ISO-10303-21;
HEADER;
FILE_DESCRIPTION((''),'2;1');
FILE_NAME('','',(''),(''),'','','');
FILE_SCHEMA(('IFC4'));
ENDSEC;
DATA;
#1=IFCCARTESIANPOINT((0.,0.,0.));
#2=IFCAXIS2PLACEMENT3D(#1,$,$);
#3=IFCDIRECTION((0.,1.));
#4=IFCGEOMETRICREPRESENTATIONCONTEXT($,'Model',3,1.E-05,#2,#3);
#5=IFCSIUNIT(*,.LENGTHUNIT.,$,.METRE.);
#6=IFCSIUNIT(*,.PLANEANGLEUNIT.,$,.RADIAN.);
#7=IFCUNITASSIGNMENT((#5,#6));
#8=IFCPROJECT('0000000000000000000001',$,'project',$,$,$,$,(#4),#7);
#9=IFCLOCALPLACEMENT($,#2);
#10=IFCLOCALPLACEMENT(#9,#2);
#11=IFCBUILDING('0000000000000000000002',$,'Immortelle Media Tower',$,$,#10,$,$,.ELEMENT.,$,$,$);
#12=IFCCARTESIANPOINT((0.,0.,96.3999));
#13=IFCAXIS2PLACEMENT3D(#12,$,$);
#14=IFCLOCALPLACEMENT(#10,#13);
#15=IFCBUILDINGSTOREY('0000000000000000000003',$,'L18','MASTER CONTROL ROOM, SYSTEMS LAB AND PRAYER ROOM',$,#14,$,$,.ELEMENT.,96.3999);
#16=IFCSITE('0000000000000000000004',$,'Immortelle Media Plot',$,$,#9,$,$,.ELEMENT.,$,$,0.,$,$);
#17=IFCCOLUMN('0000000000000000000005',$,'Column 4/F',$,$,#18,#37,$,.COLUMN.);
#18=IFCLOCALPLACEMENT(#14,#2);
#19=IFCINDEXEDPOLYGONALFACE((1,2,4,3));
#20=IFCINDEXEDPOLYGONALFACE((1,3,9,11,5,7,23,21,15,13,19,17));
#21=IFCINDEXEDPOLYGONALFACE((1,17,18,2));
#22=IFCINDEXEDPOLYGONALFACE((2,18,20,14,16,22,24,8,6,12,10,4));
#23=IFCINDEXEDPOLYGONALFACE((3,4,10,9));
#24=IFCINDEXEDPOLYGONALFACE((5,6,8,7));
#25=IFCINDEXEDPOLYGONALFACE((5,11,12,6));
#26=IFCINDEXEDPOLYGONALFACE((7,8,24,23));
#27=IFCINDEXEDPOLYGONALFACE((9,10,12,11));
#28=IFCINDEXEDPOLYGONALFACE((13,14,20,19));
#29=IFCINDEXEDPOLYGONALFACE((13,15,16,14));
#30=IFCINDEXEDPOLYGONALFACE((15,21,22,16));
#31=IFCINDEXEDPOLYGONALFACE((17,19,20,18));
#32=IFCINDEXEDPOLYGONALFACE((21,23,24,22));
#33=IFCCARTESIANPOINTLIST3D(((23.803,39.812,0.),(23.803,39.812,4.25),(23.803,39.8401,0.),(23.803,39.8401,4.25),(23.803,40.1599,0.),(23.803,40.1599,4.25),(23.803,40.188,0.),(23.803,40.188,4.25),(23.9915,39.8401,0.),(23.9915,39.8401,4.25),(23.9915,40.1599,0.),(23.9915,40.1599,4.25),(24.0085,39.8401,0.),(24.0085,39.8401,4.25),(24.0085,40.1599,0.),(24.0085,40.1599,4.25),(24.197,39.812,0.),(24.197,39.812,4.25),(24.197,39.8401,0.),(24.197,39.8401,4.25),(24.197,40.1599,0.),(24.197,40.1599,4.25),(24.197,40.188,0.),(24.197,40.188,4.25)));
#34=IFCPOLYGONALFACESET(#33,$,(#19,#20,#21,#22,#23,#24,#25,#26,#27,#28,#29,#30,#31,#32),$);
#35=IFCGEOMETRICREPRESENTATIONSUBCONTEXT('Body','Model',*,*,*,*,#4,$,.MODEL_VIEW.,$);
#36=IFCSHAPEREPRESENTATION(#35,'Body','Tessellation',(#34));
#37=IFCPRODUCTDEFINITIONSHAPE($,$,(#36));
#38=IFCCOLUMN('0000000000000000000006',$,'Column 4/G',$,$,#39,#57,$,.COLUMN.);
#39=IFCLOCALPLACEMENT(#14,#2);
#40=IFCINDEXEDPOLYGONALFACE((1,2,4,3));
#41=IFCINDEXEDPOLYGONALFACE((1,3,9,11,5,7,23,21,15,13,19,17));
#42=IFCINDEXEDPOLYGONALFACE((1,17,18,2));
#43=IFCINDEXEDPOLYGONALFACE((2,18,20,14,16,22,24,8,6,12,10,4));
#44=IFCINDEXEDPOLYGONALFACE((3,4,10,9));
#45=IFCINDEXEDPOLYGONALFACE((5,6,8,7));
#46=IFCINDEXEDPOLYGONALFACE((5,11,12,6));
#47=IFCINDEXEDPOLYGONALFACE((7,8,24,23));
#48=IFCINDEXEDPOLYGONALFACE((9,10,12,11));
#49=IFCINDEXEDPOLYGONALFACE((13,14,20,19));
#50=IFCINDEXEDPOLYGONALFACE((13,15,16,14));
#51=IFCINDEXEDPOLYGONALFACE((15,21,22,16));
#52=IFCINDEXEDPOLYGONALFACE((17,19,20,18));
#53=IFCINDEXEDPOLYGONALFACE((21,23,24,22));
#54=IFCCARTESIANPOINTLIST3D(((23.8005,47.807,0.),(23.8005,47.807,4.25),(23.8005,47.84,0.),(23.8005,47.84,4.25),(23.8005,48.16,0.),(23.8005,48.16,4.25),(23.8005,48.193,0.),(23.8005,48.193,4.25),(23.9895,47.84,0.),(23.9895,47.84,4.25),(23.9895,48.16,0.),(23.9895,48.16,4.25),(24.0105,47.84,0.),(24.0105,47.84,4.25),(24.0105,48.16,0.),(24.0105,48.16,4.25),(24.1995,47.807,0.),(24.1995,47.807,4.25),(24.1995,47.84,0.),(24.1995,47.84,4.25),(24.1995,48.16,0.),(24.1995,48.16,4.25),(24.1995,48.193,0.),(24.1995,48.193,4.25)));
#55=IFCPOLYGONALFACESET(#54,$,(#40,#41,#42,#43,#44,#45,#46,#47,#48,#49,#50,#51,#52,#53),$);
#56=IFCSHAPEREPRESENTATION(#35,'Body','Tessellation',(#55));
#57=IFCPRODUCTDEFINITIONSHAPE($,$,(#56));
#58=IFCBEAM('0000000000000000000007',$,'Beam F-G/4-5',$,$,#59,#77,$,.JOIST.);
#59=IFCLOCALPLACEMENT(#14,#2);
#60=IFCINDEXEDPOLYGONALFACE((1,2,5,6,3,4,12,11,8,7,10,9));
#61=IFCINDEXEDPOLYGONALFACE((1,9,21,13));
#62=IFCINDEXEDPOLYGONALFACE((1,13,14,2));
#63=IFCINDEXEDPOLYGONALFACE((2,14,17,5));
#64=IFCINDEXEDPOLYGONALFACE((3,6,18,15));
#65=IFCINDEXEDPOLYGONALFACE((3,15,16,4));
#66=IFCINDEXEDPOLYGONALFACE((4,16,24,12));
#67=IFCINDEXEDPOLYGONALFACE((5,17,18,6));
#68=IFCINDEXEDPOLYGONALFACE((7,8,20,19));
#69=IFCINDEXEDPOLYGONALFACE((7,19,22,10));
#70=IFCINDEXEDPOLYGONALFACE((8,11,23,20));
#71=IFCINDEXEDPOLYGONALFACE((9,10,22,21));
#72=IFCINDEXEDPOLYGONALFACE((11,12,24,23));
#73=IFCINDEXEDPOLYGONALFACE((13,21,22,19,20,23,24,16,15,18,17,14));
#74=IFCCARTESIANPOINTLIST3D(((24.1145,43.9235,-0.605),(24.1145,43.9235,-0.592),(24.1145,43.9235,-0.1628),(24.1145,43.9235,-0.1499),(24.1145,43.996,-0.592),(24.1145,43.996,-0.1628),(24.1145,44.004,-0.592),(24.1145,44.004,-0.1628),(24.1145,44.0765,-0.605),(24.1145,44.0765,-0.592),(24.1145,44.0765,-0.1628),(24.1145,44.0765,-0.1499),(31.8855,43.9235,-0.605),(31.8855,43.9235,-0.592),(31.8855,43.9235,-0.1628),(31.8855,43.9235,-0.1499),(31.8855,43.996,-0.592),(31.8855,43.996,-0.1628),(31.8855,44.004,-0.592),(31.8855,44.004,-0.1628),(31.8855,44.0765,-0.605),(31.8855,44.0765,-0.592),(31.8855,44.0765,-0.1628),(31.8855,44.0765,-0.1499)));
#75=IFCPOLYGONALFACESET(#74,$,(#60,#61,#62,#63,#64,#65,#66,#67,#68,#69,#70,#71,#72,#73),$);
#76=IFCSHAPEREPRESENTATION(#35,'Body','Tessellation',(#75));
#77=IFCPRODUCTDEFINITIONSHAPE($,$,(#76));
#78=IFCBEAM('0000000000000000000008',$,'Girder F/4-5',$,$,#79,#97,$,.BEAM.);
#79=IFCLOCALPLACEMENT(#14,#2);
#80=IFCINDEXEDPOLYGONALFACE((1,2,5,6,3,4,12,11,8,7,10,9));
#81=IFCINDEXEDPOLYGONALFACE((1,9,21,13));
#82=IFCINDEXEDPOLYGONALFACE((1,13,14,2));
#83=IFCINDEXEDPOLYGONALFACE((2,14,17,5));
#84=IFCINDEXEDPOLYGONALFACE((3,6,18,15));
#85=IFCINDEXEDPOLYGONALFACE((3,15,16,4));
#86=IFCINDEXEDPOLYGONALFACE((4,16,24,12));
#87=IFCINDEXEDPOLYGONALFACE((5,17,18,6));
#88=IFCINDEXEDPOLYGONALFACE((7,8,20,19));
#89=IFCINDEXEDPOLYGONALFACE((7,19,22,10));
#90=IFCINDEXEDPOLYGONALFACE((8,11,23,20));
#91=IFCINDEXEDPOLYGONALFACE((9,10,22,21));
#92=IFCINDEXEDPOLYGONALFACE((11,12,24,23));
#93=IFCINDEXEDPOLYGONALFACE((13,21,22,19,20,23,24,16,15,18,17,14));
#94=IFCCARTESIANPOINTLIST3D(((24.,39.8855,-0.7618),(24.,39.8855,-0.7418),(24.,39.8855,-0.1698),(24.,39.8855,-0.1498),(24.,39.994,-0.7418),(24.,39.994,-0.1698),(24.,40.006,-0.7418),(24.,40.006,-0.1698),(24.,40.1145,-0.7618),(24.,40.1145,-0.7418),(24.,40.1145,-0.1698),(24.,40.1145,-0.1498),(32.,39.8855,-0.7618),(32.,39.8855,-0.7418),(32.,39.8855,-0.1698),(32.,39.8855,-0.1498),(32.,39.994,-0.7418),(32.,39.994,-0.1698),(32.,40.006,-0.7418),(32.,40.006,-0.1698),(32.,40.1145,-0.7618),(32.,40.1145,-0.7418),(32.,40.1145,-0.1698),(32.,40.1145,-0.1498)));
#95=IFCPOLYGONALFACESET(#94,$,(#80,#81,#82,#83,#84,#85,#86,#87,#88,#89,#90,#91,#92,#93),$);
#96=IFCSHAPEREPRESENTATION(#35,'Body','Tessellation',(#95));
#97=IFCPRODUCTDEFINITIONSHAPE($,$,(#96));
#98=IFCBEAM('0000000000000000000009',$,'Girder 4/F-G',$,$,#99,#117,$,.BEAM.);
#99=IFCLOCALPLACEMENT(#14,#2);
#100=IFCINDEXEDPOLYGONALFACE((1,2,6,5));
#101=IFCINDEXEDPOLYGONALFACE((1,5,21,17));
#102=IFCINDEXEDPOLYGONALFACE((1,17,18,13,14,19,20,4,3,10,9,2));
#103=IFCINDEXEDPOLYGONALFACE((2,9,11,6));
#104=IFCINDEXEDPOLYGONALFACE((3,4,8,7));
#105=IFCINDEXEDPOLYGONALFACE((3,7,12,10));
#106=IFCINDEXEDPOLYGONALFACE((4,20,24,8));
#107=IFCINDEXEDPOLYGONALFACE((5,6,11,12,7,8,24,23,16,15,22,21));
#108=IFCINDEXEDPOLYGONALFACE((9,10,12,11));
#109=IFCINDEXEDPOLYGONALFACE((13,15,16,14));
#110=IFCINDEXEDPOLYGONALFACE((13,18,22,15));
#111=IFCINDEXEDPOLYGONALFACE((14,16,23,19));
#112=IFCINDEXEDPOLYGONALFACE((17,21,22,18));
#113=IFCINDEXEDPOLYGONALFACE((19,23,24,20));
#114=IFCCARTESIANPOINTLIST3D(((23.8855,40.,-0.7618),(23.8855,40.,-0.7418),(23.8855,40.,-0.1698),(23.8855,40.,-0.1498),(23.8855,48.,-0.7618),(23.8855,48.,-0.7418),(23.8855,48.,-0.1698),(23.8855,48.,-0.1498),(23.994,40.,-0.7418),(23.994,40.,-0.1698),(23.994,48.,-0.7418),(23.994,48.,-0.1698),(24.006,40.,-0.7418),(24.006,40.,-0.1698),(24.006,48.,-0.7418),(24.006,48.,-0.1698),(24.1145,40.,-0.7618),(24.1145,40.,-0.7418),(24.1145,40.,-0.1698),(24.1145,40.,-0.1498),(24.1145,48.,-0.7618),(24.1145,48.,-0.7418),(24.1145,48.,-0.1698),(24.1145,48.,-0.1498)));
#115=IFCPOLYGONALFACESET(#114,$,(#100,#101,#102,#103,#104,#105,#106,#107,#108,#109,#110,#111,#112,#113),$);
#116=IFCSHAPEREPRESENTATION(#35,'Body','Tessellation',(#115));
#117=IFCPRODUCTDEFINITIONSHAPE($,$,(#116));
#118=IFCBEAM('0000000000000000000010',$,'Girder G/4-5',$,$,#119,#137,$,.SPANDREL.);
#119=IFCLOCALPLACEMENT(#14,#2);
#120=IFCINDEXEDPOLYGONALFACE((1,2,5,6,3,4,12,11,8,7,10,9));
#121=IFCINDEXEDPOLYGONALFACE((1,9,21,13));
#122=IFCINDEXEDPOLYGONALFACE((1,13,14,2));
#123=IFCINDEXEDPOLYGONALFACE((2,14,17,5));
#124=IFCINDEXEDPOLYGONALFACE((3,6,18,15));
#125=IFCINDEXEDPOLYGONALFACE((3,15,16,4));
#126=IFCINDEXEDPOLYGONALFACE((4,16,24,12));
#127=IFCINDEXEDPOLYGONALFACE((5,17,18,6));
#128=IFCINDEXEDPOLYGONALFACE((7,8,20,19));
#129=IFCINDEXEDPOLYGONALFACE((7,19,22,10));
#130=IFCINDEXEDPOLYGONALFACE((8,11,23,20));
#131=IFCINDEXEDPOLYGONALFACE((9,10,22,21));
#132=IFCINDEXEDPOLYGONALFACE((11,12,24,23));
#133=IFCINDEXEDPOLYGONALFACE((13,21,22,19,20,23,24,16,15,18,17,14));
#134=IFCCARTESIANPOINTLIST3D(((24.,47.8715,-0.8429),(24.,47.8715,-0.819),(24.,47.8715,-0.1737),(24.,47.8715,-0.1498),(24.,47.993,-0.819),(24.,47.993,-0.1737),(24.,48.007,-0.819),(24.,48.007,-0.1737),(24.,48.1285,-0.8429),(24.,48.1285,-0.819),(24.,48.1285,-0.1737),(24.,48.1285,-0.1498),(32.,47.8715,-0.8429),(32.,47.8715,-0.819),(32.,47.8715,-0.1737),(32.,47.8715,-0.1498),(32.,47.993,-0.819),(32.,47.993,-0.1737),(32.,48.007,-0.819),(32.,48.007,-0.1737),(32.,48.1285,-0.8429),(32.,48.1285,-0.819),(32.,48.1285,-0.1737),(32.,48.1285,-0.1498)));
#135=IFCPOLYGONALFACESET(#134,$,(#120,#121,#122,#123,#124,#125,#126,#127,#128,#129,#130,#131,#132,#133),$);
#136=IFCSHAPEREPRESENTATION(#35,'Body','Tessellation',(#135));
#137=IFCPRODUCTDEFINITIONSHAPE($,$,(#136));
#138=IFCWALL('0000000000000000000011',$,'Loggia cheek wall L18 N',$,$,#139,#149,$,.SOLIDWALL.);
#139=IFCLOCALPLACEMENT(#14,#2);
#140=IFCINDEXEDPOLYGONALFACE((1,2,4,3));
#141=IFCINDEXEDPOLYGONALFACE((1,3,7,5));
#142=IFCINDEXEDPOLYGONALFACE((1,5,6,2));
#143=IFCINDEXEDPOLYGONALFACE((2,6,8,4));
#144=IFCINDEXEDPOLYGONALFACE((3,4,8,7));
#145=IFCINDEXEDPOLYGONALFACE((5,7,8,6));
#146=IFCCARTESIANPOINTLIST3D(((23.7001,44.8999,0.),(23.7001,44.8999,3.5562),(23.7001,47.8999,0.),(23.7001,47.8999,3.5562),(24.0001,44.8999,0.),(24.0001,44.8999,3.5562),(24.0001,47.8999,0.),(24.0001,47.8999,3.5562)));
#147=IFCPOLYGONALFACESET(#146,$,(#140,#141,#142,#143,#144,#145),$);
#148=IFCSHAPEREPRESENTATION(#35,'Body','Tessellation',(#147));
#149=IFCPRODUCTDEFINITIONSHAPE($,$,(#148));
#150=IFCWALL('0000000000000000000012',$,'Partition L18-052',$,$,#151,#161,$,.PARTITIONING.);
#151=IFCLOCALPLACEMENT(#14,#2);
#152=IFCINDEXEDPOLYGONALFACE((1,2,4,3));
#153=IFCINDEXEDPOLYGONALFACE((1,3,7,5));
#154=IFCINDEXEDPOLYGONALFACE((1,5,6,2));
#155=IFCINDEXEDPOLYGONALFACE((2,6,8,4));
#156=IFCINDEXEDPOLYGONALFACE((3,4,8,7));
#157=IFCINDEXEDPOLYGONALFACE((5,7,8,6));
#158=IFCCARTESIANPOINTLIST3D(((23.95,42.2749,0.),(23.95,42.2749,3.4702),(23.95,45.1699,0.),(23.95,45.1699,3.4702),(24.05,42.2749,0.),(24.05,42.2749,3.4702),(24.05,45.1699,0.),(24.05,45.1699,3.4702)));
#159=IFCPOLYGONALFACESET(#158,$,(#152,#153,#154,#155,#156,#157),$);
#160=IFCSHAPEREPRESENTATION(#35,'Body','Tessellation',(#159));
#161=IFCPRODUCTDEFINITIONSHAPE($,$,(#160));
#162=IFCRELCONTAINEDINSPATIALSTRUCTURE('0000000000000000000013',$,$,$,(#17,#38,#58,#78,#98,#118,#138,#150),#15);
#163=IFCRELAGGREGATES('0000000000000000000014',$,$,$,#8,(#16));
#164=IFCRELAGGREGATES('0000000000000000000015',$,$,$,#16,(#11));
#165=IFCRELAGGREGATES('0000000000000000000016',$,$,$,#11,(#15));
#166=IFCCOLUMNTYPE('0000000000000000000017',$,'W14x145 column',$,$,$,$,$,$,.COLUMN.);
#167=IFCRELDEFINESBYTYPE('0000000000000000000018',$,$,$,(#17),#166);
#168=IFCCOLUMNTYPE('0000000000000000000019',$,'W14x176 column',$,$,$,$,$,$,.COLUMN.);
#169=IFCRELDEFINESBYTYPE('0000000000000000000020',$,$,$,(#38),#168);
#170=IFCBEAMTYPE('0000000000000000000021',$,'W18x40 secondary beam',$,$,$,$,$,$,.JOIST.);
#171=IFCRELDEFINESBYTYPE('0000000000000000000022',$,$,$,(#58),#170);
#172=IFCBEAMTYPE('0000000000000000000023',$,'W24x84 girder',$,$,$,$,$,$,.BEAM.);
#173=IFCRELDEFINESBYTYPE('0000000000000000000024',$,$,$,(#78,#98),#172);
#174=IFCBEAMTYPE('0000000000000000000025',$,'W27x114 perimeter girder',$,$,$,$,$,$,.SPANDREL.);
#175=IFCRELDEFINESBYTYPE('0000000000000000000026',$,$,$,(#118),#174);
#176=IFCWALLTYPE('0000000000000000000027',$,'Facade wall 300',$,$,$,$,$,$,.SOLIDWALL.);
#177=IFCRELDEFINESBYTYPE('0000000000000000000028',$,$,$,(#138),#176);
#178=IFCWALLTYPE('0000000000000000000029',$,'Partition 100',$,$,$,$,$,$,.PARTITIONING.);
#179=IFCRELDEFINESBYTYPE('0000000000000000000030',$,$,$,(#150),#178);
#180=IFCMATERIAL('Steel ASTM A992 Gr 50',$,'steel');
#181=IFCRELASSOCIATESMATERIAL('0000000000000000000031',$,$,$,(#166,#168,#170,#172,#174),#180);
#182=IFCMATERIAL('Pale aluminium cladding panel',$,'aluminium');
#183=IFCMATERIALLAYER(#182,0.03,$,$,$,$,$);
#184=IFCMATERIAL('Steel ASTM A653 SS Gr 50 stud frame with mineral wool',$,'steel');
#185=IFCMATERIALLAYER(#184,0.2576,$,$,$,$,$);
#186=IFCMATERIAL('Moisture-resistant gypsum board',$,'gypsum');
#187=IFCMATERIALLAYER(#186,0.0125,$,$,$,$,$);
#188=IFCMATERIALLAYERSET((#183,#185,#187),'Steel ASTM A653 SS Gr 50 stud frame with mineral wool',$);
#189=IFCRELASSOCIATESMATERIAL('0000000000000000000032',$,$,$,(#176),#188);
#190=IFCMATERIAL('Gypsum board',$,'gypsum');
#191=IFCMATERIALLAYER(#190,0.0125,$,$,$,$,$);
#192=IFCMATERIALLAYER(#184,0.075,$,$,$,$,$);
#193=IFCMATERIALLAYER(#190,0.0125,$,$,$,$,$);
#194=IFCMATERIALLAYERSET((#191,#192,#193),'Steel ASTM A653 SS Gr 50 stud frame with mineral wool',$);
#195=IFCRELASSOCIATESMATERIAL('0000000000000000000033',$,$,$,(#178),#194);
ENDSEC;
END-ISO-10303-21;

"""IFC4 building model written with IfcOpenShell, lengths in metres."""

from ifc_helpers import new_model, si_unit, direction, frame, frame_2d, origin, origin_2d, place, context, subcontext, project, spatial, rectangle, i_section, extrude, material, layer, layer_set, material_profile, profile_set, type_object, element, save


model = new_model("IFC4")

# Units and contexts
model_context = context("Model", 3, precision=1e-05, world=origin(), true_north=direction((0.0, 1.0)))
body_context = subcontext(model_context, "Body", "Model", "MODEL_VIEW")
ifc_project = project(units=[si_unit("LENGTHUNIT", "METRE"), si_unit("PLANEANGLEUNIT", "RADIAN")], contexts=[model_context])

# Site, building, storey
site_placement = place(None, origin())
site = spatial("IfcSite", under=ifc_project, at=site_placement, Name="Immortelle Media Plot", CompositionType="ELEMENT", RefElevation=0.0)
building_placement = place(site_placement, origin())
building = spatial("IfcBuilding", under=site, at=building_placement, Name="Immortelle Media Tower", CompositionType="ELEMENT")
storey_placement = place(building_placement, frame((0.0, 0.0, 96.3999)))
storey = spatial("IfcBuildingStorey", under=building, at=storey_placement, Name="L18", Description="MASTER CONTROL ROOM, SYSTEMS LAB AND PRAYER ROOM", CompositionType="ELEMENT", Elevation=96.3999)

# Columns
ifc_material_1 = material(Name="Steel ASTM A992 Gr 50", Category="steel")
ifc_material_profile_1 = material_profile(ifc_material_1, i_section(OverallWidth=0.394, OverallDepth=0.376, WebThickness=0.0171, FlangeThickness=0.0281, at=origin_2d()), Name="W14x145")
ifc_profile_set_1 = profile_set([ifc_material_profile_1], Name="Steel ASTM A992 Gr 50")
column_type_1 = type_object("IfcColumnType", Name="W14x145 column", PredefinedType="COLUMN", material=ifc_profile_set_1)
column_1_placement = place(storey_placement, frame((24.0, 40.0, 0.0), z_axis=(0.0, 0.0, 1.0), x_axis=(1.0, 0.0, 0.0)))
element("IfcColumn", 1, at=column_1_placement, inside=storey, type_object=column_type_1, Name="Column 4/F", PredefinedType="COLUMN", context=body_context, shape_type="SweptSolid", body=[
    extrude(i_section(OverallWidth=0.394, OverallDepth=0.376, WebThickness=0.0171, FlangeThickness=0.0281, at=origin_2d()), origin(), (0.0, 0.0, 1.0), 4.25),
])
ifc_material_profile_2 = material_profile(ifc_material_1, i_section(OverallWidth=0.3989, OverallDepth=0.386, WebThickness=0.021, FlangeThickness=0.033, at=origin_2d()), Name="W14x176")
ifc_profile_set_2 = profile_set([ifc_material_profile_2], Name="Steel ASTM A992 Gr 50")
column_type_2 = type_object("IfcColumnType", Name="W14x176 column", PredefinedType="COLUMN", material=ifc_profile_set_2)
column_2_placement = place(storey_placement, frame((24.0, 48.0, 0.0), z_axis=(0.0, 0.0, 1.0), x_axis=(1.0, 0.0, 0.0)))
element("IfcColumn", 2, at=column_2_placement, inside=storey, type_object=column_type_2, Name="Column 4/G", PredefinedType="COLUMN", context=body_context, shape_type="SweptSolid", body=[
    extrude(i_section(OverallWidth=0.3989, OverallDepth=0.386, WebThickness=0.021, FlangeThickness=0.033, at=origin_2d()), origin(), (0.0, 0.0, 1.0), 4.25),
])

# Beams
ifc_material_profile_3 = material_profile(ifc_material_1, i_section(OverallWidth=0.1531, OverallDepth=0.4551, WebThickness=0.0081, FlangeThickness=0.0129, at=origin_2d()), Name="W18x40")
ifc_profile_set_3 = profile_set([ifc_material_profile_3], Name="Steel ASTM A992 Gr 50")
beam_type_1 = type_object("IfcBeamType", Name="W18x40 secondary beam", PredefinedType="JOIST", material=ifc_profile_set_3)
beam_1_placement = place(storey_placement, frame((24.1145, 44.0, -0.3774), z_axis=(1.0, 0.0, 0.0), x_axis=(0.0, 1.0, 0.0)))
element("IfcBeam", 3, at=beam_1_placement, inside=storey, type_object=beam_type_1, Name="Beam F-G/4-5", PredefinedType="JOIST", context=body_context, shape_type="SweptSolid", body=[
    extrude(i_section(OverallWidth=0.1531, OverallDepth=0.4551, WebThickness=0.0081, FlangeThickness=0.0129, at=origin_2d()), origin(), (0.0, 0.0, 1.0), 7.771),
])
ifc_material_profile_4 = material_profile(ifc_material_1, i_section(OverallWidth=0.229, OverallDepth=0.6121, WebThickness=0.012, FlangeThickness=0.02, at=origin_2d()), Name="W24x84")
ifc_profile_set_4 = profile_set([ifc_material_profile_4], Name="Steel ASTM A992 Gr 50")
beam_type_2 = type_object("IfcBeamType", Name="W24x84 girder", PredefinedType="BEAM", material=ifc_profile_set_4)
for number, where, z_axis, x_axis, name in (
    (4, (24.0, 40.0, -0.4558), (1.0, 0.0, 0.0), (0.0, 1.0, 0.0), "Girder F/4-5"),
    (5, (24.0, 40.0, -0.4558), (0.0, 1.0, 0.0), (-1.0, 0.0, 0.0), "Girder 4/F-G"),
):
    element("IfcBeam", number, at=place(storey_placement, frame(where, z_axis=z_axis, x_axis=x_axis)), inside=storey, type_object=beam_type_2, Name=name, PredefinedType="BEAM", context=body_context, shape_type="SweptSolid", body=[
        extrude(i_section(OverallWidth=0.229, OverallDepth=0.6121, WebThickness=0.012, FlangeThickness=0.02, at=origin_2d()), origin(), (0.0, 0.0, 1.0), 8.0),
    ])
ifc_material_profile_5 = material_profile(ifc_material_1, i_section(OverallWidth=0.2571, OverallDepth=0.6931, WebThickness=0.0139, FlangeThickness=0.0239, at=origin_2d()), Name="W27x114")
ifc_profile_set_5 = profile_set([ifc_material_profile_5], Name="Steel ASTM A992 Gr 50")
beam_type_3 = type_object("IfcBeamType", Name="W27x114 perimeter girder", PredefinedType="SPANDREL", material=ifc_profile_set_5)
beam_2_placement = place(storey_placement, frame((24.0, 48.0, -0.4963), z_axis=(1.0, 0.0, 0.0), x_axis=(0.0, 1.0, 0.0)))
element("IfcBeam", 6, at=beam_2_placement, inside=storey, type_object=beam_type_3, Name="Girder G/4-5", PredefinedType="SPANDREL", context=body_context, shape_type="SweptSolid", body=[
    extrude(i_section(OverallWidth=0.2571, OverallDepth=0.6931, WebThickness=0.0139, FlangeThickness=0.0239, at=origin_2d()), origin(), (0.0, 0.0, 1.0), 8.0),
])

# Shared definitions
ifc_material_2 = material(Name="Pale aluminium cladding panel", Category="aluminium")
ifc_layer_1 = layer(ifc_material_2, 0.03)
ifc_material_3 = material(Name="Steel ASTM A653 SS Gr 50 stud frame with mineral wool", Category="steel")
ifc_layer_2 = layer(ifc_material_3, 0.2576)
ifc_material_4 = material(Name="Moisture-resistant gypsum board", Category="gypsum")
ifc_layer_3 = layer(ifc_material_4, 0.0125)
ifc_layer_set_1 = layer_set([ifc_layer_1, ifc_layer_2, ifc_layer_3], Name="Steel ASTM A653 SS Gr 50 stud frame with mineral wool")
wall_type_1 = type_object("IfcWallType", Name="Facade wall 300", PredefinedType="SOLIDWALL", material=ifc_layer_set_1)

# Walls
wall_1_placement = place(storey_placement, frame((23.8501, 47.8999, 0.0), z_axis=(0.0, 0.0, 1.0), x_axis=(0.0, -1.0, 0.0)))
element("IfcWall", 7, at=wall_1_placement, inside=storey, type_object=wall_type_1, Name="Loggia cheek wall L18 N", PredefinedType="SOLIDWALL", context=body_context, shape_type="SweptSolid", body=[
    extrude(rectangle(XDim=3.0, YDim=0.3, at=frame_2d((1.5, 0.0))), origin(), (0.0, 0.0, 1.0), 3.5562),
])
ifc_material_5 = material(Name="Gypsum board", Category="gypsum")
ifc_layer_4 = layer(ifc_material_5, 0.0125)
ifc_layer_5 = layer(ifc_material_3, 0.075)
ifc_layer_6 = layer(ifc_material_5, 0.0125)
ifc_layer_set_2 = layer_set([ifc_layer_4, ifc_layer_5, ifc_layer_6], Name="Steel ASTM A653 SS Gr 50 stud frame with mineral wool")
wall_type_2 = type_object("IfcWallType", Name="Partition 100", PredefinedType="PARTITIONING", material=ifc_layer_set_2)
wall_2_placement = place(storey_placement, frame((24.0, 42.2749, 0.0), z_axis=(0.0, 0.0, 1.0), x_axis=(0.0, 1.0, 0.0)))
element("IfcWall", 8, at=wall_2_placement, inside=storey, type_object=wall_type_2, Name="Partition L18-052", PredefinedType="PARTITIONING", context=body_context, shape_type="SweptSolid", body=[
    extrude(rectangle(XDim=2.895, YDim=0.1001, at=frame_2d((1.4475, 0.0))), origin(), (0.0, 0.0, 1.0), 3.4702),
])

save(model, "model.ifc")
